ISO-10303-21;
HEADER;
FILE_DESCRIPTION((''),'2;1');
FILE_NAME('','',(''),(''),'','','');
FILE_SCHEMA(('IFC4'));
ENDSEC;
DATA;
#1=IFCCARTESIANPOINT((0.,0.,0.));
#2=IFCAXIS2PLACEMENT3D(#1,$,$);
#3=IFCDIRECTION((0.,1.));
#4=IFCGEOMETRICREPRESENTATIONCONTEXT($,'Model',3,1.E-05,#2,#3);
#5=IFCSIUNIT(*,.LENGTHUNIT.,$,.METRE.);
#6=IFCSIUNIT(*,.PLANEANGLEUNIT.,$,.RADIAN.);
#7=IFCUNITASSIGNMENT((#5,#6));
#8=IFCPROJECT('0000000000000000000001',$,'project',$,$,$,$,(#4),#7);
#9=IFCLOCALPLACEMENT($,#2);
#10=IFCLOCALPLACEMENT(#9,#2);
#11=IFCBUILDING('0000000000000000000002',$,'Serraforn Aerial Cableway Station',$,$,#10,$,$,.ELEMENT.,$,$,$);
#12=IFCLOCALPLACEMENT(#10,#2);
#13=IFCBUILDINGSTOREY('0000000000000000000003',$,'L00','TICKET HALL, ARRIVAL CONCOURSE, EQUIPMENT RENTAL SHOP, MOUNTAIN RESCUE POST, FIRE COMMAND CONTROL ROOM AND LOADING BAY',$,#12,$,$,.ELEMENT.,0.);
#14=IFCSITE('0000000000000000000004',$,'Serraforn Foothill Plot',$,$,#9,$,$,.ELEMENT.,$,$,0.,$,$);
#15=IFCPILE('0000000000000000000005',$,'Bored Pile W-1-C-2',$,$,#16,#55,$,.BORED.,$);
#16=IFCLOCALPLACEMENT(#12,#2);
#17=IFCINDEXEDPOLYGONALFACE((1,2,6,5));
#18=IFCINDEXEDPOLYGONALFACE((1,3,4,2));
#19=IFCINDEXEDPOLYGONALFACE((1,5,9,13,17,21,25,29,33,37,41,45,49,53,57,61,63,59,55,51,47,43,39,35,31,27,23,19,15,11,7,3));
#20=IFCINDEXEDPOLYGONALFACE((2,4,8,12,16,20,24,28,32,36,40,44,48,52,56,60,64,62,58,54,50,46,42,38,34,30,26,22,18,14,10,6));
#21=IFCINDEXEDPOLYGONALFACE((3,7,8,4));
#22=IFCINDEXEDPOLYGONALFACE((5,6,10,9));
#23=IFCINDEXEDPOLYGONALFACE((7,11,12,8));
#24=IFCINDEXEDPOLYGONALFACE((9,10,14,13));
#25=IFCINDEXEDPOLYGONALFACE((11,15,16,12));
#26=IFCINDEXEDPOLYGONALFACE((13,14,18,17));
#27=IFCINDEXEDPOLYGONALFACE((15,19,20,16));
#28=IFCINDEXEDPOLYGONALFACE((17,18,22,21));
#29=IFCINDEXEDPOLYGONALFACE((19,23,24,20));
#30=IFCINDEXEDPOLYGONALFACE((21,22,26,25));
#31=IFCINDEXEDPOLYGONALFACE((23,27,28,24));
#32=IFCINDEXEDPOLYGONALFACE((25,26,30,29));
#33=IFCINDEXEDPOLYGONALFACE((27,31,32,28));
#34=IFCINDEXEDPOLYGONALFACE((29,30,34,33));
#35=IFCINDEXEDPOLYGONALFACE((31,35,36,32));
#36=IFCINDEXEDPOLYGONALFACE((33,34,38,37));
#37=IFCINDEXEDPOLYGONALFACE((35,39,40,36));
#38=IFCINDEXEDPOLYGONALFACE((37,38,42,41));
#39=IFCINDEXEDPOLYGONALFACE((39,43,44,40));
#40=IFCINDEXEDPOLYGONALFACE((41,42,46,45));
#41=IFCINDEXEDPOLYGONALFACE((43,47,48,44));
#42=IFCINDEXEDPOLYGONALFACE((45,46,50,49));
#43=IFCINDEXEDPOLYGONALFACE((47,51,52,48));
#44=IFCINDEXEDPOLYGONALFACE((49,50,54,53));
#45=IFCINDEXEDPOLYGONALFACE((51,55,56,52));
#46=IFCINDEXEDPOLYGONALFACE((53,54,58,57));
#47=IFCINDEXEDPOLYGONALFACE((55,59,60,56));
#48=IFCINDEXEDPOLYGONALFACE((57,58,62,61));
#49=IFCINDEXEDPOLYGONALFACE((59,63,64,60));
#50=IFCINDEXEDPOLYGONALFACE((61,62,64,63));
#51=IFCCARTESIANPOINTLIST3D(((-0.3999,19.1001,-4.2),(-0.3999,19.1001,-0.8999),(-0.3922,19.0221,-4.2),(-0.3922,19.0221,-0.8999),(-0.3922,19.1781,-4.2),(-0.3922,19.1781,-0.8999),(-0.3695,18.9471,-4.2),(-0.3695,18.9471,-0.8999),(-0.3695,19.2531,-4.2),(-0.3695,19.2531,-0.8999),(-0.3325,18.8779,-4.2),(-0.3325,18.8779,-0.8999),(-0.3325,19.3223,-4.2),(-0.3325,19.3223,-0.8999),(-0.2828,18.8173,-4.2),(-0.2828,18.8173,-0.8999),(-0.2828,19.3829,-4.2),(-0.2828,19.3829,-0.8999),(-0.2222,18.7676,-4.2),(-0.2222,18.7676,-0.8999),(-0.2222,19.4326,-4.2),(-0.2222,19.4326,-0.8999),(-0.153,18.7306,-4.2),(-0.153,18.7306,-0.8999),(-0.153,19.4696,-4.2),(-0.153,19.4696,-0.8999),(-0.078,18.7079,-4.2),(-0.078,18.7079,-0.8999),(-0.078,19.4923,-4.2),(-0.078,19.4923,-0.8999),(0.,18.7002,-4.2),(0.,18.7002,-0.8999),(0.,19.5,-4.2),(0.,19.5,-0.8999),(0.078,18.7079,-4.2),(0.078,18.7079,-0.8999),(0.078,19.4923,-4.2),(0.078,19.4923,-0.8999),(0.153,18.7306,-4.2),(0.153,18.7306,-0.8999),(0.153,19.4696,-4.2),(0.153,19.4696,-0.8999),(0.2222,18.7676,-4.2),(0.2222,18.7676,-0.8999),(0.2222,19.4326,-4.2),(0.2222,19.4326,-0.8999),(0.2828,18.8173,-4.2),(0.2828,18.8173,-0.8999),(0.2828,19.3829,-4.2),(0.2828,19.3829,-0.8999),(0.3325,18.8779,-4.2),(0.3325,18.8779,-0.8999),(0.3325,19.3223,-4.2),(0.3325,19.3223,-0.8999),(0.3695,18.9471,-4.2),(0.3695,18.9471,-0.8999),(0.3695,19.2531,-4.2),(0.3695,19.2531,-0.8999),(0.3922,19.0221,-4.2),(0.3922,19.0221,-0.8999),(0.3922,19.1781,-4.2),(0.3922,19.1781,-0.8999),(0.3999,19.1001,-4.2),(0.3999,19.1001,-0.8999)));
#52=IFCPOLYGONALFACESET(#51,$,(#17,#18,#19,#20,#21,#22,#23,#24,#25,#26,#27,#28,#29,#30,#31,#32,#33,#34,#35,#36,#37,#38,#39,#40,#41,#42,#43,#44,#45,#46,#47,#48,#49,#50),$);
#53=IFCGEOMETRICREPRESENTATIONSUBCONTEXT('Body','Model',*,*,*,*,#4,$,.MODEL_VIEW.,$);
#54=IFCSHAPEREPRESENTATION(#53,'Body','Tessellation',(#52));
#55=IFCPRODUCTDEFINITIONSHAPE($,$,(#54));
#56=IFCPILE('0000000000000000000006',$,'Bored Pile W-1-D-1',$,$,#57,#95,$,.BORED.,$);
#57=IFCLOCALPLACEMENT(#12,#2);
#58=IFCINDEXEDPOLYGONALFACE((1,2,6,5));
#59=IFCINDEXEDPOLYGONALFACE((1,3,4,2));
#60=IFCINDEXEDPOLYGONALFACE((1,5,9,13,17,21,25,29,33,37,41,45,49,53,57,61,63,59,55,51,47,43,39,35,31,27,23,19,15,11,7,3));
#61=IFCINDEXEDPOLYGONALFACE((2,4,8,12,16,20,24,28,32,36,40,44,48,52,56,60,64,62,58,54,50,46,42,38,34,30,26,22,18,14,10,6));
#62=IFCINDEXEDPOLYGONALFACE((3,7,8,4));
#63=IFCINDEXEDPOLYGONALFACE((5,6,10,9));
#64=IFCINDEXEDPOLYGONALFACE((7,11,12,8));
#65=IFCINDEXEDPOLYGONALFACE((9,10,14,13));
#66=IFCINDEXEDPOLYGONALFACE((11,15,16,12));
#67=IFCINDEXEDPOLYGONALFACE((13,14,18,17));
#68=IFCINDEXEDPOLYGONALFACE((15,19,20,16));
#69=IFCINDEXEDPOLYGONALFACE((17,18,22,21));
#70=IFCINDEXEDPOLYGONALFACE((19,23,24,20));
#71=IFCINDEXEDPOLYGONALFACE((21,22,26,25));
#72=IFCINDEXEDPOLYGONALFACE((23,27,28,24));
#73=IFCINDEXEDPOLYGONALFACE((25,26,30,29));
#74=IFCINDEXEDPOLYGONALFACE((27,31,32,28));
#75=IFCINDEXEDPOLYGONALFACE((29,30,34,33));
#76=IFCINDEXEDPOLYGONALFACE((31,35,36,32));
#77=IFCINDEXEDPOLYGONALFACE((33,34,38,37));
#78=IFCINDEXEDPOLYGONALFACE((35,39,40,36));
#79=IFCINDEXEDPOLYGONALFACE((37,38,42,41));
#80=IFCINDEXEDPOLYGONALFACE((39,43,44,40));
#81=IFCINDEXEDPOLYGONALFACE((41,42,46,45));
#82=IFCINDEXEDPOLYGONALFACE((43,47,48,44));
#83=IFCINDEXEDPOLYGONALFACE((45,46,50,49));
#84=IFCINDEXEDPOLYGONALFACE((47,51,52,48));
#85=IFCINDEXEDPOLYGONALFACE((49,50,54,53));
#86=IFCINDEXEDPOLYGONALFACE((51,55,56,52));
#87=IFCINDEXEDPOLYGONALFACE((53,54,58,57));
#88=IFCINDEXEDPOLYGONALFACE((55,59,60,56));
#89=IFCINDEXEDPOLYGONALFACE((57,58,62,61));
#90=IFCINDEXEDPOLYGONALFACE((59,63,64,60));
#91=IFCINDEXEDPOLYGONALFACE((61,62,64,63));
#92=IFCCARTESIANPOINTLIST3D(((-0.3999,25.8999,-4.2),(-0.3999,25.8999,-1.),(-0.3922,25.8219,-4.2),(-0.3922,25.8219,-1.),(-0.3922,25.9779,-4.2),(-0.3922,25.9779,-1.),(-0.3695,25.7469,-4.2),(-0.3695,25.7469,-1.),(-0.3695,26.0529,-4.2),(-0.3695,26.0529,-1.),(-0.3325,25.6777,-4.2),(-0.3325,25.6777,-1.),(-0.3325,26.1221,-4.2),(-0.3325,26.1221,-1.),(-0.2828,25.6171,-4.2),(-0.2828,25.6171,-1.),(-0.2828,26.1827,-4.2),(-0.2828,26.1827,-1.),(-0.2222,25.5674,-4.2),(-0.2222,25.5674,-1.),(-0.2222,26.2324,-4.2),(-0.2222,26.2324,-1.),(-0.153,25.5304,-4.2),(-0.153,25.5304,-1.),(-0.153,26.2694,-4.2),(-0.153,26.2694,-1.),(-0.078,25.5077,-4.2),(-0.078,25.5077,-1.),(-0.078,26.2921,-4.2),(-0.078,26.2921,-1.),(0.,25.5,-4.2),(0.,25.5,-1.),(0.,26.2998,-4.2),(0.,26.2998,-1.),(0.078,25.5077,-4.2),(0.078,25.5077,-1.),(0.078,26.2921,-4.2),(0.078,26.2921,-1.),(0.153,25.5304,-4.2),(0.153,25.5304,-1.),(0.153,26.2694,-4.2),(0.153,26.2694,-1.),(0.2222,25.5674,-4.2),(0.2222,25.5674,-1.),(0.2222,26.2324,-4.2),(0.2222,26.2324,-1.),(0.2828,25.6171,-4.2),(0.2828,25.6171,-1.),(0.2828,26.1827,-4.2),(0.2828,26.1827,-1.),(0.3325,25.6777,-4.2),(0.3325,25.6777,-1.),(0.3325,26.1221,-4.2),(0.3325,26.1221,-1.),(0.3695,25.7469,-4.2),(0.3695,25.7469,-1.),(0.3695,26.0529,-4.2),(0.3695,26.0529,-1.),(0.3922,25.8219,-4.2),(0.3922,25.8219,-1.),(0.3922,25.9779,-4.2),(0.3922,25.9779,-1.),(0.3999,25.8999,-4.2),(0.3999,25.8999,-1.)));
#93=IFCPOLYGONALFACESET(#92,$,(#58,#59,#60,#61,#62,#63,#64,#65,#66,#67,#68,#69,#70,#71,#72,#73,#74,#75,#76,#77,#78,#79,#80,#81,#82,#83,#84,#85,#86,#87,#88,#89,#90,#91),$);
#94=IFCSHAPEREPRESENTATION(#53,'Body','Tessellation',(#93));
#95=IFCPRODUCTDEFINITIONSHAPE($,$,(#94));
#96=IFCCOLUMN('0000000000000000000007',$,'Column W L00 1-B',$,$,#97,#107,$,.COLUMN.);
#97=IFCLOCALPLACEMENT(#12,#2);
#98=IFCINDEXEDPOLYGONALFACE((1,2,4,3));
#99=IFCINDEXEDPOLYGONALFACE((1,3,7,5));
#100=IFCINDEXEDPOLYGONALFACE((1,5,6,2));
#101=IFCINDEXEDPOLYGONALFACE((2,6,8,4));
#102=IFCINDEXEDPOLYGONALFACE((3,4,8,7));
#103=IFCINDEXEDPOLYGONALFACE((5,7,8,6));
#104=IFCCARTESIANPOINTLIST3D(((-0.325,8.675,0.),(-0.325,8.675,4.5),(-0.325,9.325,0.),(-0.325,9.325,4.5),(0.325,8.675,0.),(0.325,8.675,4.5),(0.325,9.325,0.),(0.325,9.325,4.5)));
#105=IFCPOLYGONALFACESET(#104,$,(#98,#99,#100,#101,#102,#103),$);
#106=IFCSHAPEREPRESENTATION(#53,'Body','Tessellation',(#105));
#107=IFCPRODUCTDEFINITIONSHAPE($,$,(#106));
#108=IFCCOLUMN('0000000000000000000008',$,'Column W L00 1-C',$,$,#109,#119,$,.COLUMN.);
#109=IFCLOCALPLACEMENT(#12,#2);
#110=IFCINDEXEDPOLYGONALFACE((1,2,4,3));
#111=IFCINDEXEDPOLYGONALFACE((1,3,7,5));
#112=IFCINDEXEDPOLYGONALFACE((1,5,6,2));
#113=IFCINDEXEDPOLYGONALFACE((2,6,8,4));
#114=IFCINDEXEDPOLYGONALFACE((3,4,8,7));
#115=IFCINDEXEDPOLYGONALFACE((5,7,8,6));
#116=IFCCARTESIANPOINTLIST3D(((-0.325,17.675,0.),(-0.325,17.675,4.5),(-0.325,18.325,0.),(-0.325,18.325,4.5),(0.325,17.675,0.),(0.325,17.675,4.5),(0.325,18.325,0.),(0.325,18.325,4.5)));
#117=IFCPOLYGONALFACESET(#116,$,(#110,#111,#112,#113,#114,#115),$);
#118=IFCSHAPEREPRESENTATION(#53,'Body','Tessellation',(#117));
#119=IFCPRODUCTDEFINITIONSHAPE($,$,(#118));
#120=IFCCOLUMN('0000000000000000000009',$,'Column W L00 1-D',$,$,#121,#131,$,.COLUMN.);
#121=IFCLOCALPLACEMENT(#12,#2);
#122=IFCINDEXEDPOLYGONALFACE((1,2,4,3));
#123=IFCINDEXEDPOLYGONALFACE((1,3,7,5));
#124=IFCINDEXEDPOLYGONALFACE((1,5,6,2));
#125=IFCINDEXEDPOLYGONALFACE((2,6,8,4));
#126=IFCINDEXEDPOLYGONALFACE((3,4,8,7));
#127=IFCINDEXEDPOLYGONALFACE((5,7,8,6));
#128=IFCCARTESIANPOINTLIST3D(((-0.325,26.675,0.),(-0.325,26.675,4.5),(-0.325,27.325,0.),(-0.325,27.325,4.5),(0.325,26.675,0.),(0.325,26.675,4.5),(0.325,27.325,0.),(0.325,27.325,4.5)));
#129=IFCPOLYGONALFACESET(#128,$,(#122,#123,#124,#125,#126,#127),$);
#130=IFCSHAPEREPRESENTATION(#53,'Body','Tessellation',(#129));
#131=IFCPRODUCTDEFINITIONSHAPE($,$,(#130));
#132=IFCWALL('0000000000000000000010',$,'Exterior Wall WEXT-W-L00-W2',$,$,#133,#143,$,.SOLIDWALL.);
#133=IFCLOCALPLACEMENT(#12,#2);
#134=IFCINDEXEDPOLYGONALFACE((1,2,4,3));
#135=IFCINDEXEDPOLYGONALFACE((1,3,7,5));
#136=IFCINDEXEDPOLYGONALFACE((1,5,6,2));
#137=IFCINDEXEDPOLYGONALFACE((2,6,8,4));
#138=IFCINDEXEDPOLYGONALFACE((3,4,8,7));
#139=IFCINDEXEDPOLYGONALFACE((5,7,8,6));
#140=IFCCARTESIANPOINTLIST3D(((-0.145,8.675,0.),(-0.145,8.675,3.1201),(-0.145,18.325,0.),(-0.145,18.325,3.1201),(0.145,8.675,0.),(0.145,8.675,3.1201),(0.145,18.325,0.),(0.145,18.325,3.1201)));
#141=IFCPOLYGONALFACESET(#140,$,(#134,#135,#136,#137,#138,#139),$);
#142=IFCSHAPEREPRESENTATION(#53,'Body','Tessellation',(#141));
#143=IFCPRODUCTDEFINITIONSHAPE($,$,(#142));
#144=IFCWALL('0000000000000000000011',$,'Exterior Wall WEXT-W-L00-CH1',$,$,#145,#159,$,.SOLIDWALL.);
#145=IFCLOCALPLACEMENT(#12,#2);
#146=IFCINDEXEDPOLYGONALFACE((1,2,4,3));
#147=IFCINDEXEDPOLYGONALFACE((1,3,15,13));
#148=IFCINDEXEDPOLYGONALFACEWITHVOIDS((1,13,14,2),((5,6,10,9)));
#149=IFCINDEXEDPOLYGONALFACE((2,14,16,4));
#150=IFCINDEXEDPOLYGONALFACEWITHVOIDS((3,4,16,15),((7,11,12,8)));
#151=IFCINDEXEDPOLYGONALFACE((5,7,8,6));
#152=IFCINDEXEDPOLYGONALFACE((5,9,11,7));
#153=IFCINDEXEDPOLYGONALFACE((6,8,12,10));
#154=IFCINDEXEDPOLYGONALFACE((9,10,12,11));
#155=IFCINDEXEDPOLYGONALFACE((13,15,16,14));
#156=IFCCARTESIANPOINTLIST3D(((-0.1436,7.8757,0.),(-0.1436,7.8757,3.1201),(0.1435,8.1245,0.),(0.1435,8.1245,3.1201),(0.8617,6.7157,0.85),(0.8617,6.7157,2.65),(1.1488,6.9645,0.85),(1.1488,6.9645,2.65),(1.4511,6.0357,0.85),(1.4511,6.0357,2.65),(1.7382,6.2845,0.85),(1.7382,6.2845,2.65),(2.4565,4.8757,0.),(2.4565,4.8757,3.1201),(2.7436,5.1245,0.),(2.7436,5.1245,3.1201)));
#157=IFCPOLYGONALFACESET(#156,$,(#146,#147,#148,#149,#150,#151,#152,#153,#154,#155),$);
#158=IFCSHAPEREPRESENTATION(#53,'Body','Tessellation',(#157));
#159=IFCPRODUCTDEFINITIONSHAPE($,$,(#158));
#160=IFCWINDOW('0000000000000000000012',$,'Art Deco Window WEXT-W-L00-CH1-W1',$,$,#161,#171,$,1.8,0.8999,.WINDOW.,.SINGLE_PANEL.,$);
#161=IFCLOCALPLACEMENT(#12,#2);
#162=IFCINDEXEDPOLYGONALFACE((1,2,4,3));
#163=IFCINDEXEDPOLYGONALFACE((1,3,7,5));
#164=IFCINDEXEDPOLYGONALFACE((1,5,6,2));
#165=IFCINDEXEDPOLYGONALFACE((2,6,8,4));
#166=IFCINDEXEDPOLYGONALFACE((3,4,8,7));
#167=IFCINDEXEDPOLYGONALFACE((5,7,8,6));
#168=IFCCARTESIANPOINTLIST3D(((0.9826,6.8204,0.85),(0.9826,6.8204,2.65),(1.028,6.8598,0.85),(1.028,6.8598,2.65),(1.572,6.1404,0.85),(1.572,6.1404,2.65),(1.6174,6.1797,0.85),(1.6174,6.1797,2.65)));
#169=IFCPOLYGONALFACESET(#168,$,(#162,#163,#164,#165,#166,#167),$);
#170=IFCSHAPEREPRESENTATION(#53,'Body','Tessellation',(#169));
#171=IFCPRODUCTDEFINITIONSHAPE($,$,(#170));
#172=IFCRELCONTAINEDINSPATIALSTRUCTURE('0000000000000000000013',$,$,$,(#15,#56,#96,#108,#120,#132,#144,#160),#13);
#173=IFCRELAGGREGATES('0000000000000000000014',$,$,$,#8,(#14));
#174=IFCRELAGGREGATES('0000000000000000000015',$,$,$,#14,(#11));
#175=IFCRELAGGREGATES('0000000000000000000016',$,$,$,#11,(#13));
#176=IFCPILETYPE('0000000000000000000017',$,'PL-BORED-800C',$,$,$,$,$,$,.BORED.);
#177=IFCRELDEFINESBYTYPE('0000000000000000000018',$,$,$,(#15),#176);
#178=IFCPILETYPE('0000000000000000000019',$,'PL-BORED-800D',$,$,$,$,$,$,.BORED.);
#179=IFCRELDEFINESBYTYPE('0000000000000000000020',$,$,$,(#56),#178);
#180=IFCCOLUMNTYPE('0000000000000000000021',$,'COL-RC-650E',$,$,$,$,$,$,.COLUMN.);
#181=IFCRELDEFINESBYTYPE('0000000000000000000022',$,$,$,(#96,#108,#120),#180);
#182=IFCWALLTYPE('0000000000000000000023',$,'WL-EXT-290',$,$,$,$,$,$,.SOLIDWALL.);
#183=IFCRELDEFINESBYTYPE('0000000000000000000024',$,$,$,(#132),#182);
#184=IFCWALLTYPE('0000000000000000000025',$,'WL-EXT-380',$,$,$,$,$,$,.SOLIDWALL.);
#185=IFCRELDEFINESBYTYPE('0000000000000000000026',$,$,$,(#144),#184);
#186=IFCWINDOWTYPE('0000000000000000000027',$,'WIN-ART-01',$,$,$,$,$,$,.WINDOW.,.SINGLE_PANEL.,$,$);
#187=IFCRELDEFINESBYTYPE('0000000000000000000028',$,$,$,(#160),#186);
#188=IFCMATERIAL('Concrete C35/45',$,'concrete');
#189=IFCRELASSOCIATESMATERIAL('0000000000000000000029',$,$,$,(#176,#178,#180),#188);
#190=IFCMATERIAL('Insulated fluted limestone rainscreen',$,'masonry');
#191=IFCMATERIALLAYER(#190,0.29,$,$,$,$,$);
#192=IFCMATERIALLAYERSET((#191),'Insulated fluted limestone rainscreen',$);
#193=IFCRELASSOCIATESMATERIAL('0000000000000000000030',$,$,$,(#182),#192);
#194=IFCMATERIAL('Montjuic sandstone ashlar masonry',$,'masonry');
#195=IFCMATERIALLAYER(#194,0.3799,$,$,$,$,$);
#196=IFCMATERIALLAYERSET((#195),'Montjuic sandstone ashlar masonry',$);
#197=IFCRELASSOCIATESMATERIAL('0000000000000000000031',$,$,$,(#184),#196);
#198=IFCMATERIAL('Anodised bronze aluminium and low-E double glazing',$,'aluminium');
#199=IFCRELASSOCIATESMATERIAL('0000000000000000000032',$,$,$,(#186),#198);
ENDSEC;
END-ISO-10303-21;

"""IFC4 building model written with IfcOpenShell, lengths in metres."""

from ifc_helpers import new_model, si_unit, direction, frame, frame_2d, origin, origin_2d, place, context, subcontext, project, spatial, rectangle, circle, extrude, material, layer, layer_set, material_profile, profile_set, type_object, element, fill, save


model = new_model("IFC4")

# Units and contexts
model_context = context("Model", 3, precision=1e-05, world=origin(), true_north=direction((0.0, 1.0)))
body_context = subcontext(model_context, "Body", "Model", "MODEL_VIEW")
ifc_project = project(units=[si_unit("LENGTHUNIT", "METRE"), si_unit("PLANEANGLEUNIT", "RADIAN")], contexts=[model_context])

# Site, building, storey
site_placement = place(None, origin())
site = spatial("IfcSite", under=ifc_project, at=site_placement, Name="Serraforn Foothill Plot", CompositionType="ELEMENT", RefElevation=0.0)
building_placement = place(site_placement, origin())
building = spatial("IfcBuilding", under=site, at=building_placement, Name="Serraforn Aerial Cableway Station", CompositionType="ELEMENT")
storey_placement = place(building_placement, origin())
storey = spatial("IfcBuildingStorey", under=building, at=storey_placement, Name="L00", Description="TICKET HALL, ARRIVAL CONCOURSE, EQUIPMENT RENTAL SHOP, MOUNTAIN RESCUE POST, FIRE COMMAND CONTROL ROOM AND LOADING BAY", CompositionType="ELEMENT", Elevation=0.0)

# Shared definitions
ifc_material_1 = material(Name="Concrete C35/45", Category="concrete")

# Piles
ifc_material_profile_1 = material_profile(ifc_material_1, circle(Radius=0.3999, at=origin_2d()), Name="BORED PILE D800")
ifc_profile_set_1 = profile_set([ifc_material_profile_1], Name="Concrete C35/45")
pile_type_1 = type_object("IfcPileType", Name="PL-BORED-800C", PredefinedType="BORED", material=ifc_profile_set_1)
for number, where, z_axis, x_axis, name in (
    (1, (0.0, 19.1001, -0.8999), (0.0, 0.0, -1.0), (1.0, 0.0, 0.0), "Bored Pile W-1-C-2"),
):
    element("IfcPile", number, at=place(storey_placement, frame(where, z_axis=z_axis, x_axis=x_axis)), inside=storey, type_object=pile_type_1, Name=name, PredefinedType="BORED", context=body_context, shape_type="SweptSolid", body=[
        extrude(circle(Radius=0.3999, at=origin_2d()), origin(), (0.0, 0.0, 1.0), 3.3),
    ])
ifc_material_profile_2 = material_profile(ifc_material_1, circle(Radius=0.3999, at=origin_2d()), Name="BORED PILE D800")
ifc_profile_set_2 = profile_set([ifc_material_profile_2], Name="Concrete C35/45")
pile_type_2 = type_object("IfcPileType", Name="PL-BORED-800D", PredefinedType="BORED", material=ifc_profile_set_2)
pile_placement = place(storey_placement, frame((0.0, 25.8999, -1.0), z_axis=(0.0, 0.0, -1.0), x_axis=(1.0, 0.0, 0.0)))
element("IfcPile", 2, at=pile_placement, inside=storey, type_object=pile_type_2, Name="Bored Pile W-1-D-1", PredefinedType="BORED", context=body_context, shape_type="SweptSolid", body=[
    extrude(circle(Radius=0.3999, at=origin_2d()), origin(), (0.0, 0.0, 1.0), 3.2),
])

# Columns
ifc_material_profile_3 = material_profile(ifc_material_1, rectangle(XDim=0.6499, YDim=0.6499, at=origin_2d()), Name="RC 650x650")
ifc_profile_set_3 = profile_set([ifc_material_profile_3], Name="Concrete C35/45")
column_type = type_object("IfcColumnType", Name="COL-RC-650E", PredefinedType="COLUMN", material=ifc_profile_set_3)
for number, where, z_axis, x_axis, name in (
    (3, (0.0, 9.0, 0.0), (0.0, 0.0, 1.0), (1.0, 0.0, 0.0), "Column W L00 1-B"),
    (4, (0.0, 18.0, 0.0), (0.0, 0.0, 1.0), (1.0, 0.0, 0.0), "Column W L00 1-C"),
    (5, (0.0, 27.0, 0.0), (0.0, 0.0, 1.0), (1.0, 0.0, 0.0), "Column W L00 1-D"),
):
    element("IfcColumn", number, at=place(storey_placement, frame(where, z_axis=z_axis, x_axis=x_axis)), inside=storey, type_object=column_type, Name=name, PredefinedType="COLUMN", context=body_context, shape_type="SweptSolid", body=[
        extrude(rectangle(XDim=0.6499, YDim=0.6499, at=origin_2d()), origin(), (0.0, 0.0, 1.0), 4.5),
    ])

# Wall
ifc_material_2 = material(Name="Insulated fluted limestone rainscreen", Category="masonry")
ifc_layer_1 = layer(ifc_material_2, 0.29)
ifc_layer_set_1 = layer_set([ifc_layer_1], Name="Insulated fluted limestone rainscreen")
wall_type_1 = type_object("IfcWallType", Name="WL-EXT-290", PredefinedType="SOLIDWALL", material=ifc_layer_set_1)
wall_1_placement = place(storey_placement, frame((0.0, 18.325, 0.0), z_axis=(0.0, 0.0, 1.0), x_axis=(0.0, -1.0, 0.0)))
element("IfcWall", 6, at=wall_1_placement, inside=storey, type_object=wall_type_1, Name="Exterior Wall WEXT-W-L00-W2", PredefinedType="SOLIDWALL", context=body_context, shape_type="SweptSolid", body=[
    extrude(rectangle(XDim=9.6499, YDim=0.29, at=frame_2d((4.825, 0.0))), origin(), (0.0, 0.0, 1.0), 3.1201),
])

# Wall, opening, window
ifc_material_3 = material(Name="Montjuic sandstone ashlar masonry", Category="masonry")
ifc_layer_2 = layer(ifc_material_3, 0.3799)
ifc_layer_set_2 = layer_set([ifc_layer_2], Name="Montjuic sandstone ashlar masonry")
wall_type_2 = type_object("IfcWallType", Name="WL-EXT-380", PredefinedType="SOLIDWALL", material=ifc_layer_set_2)
wall_2_placement = place(storey_placement, frame((0.0, 8.0, 0.0), z_axis=(0.0, 0.0, 1.0), x_axis=(0.654945, -0.755677, 0.0)))
wall_2 = element("IfcWall", 7, at=wall_2_placement, inside=storey, type_object=wall_type_2, Name="Exterior Wall WEXT-W-L00-CH1", PredefinedType="SOLIDWALL", context=body_context, shape_type="SweptSolid", body=[
    extrude(rectangle(XDim=3.97, YDim=0.3799, at=frame_2d((1.9849, 0.0))), origin(), (0.0, 0.0, 1.0), 3.1201),
])
opening_placement = place(wall_2_placement, frame((1.5349, 0.0, 0.8501)))
opening = element("IfcOpeningElement", 8, at=opening_placement, cuts=wall_2, PredefinedType="OPENING", context=body_context, shape_type="SweptSolid", body=[
    extrude(rectangle(XDim=0.8999, YDim=1.8, at=frame_2d((0.45, 0.8999))), frame((0.0, 0.2, 0.0), z_axis=(0.0, -1.0, 0.0), x_axis=(1.0, 0.0, 0.0)), (0.0, 0.0, 1.0), 0.3999),
])
ifc_material_4 = material(Name="Anodised bronze aluminium and low-E double glazing", Category="aluminium")
window_type = type_object("IfcWindowType", Name="WIN-ART-01", PartitioningType="SINGLE_PANEL", PredefinedType="WINDOW", material=ifc_material_4)
window_placement = place(opening_placement, origin())
window = element("IfcWindow", 9, at=window_placement, inside=storey, type_object=window_type, Name="Art Deco Window WEXT-W-L00-CH1-W1", OverallHeight=1.8, OverallWidth=0.8999, PartitioningType="SINGLE_PANEL", PredefinedType="WINDOW", context=body_context, shape_type="SweptSolid", body=[
    extrude(rectangle(XDim=0.8999, YDim=1.8, at=frame_2d((0.45, 0.8999))), frame((0.0, 0.03, 0.0), z_axis=(0.0, -1.0, 0.0), x_axis=(1.0, 0.0, 0.0)), (0.0, 0.0, 1.0), 0.0601),
])
fill(opening, window)

save(model, "model.ifc")
